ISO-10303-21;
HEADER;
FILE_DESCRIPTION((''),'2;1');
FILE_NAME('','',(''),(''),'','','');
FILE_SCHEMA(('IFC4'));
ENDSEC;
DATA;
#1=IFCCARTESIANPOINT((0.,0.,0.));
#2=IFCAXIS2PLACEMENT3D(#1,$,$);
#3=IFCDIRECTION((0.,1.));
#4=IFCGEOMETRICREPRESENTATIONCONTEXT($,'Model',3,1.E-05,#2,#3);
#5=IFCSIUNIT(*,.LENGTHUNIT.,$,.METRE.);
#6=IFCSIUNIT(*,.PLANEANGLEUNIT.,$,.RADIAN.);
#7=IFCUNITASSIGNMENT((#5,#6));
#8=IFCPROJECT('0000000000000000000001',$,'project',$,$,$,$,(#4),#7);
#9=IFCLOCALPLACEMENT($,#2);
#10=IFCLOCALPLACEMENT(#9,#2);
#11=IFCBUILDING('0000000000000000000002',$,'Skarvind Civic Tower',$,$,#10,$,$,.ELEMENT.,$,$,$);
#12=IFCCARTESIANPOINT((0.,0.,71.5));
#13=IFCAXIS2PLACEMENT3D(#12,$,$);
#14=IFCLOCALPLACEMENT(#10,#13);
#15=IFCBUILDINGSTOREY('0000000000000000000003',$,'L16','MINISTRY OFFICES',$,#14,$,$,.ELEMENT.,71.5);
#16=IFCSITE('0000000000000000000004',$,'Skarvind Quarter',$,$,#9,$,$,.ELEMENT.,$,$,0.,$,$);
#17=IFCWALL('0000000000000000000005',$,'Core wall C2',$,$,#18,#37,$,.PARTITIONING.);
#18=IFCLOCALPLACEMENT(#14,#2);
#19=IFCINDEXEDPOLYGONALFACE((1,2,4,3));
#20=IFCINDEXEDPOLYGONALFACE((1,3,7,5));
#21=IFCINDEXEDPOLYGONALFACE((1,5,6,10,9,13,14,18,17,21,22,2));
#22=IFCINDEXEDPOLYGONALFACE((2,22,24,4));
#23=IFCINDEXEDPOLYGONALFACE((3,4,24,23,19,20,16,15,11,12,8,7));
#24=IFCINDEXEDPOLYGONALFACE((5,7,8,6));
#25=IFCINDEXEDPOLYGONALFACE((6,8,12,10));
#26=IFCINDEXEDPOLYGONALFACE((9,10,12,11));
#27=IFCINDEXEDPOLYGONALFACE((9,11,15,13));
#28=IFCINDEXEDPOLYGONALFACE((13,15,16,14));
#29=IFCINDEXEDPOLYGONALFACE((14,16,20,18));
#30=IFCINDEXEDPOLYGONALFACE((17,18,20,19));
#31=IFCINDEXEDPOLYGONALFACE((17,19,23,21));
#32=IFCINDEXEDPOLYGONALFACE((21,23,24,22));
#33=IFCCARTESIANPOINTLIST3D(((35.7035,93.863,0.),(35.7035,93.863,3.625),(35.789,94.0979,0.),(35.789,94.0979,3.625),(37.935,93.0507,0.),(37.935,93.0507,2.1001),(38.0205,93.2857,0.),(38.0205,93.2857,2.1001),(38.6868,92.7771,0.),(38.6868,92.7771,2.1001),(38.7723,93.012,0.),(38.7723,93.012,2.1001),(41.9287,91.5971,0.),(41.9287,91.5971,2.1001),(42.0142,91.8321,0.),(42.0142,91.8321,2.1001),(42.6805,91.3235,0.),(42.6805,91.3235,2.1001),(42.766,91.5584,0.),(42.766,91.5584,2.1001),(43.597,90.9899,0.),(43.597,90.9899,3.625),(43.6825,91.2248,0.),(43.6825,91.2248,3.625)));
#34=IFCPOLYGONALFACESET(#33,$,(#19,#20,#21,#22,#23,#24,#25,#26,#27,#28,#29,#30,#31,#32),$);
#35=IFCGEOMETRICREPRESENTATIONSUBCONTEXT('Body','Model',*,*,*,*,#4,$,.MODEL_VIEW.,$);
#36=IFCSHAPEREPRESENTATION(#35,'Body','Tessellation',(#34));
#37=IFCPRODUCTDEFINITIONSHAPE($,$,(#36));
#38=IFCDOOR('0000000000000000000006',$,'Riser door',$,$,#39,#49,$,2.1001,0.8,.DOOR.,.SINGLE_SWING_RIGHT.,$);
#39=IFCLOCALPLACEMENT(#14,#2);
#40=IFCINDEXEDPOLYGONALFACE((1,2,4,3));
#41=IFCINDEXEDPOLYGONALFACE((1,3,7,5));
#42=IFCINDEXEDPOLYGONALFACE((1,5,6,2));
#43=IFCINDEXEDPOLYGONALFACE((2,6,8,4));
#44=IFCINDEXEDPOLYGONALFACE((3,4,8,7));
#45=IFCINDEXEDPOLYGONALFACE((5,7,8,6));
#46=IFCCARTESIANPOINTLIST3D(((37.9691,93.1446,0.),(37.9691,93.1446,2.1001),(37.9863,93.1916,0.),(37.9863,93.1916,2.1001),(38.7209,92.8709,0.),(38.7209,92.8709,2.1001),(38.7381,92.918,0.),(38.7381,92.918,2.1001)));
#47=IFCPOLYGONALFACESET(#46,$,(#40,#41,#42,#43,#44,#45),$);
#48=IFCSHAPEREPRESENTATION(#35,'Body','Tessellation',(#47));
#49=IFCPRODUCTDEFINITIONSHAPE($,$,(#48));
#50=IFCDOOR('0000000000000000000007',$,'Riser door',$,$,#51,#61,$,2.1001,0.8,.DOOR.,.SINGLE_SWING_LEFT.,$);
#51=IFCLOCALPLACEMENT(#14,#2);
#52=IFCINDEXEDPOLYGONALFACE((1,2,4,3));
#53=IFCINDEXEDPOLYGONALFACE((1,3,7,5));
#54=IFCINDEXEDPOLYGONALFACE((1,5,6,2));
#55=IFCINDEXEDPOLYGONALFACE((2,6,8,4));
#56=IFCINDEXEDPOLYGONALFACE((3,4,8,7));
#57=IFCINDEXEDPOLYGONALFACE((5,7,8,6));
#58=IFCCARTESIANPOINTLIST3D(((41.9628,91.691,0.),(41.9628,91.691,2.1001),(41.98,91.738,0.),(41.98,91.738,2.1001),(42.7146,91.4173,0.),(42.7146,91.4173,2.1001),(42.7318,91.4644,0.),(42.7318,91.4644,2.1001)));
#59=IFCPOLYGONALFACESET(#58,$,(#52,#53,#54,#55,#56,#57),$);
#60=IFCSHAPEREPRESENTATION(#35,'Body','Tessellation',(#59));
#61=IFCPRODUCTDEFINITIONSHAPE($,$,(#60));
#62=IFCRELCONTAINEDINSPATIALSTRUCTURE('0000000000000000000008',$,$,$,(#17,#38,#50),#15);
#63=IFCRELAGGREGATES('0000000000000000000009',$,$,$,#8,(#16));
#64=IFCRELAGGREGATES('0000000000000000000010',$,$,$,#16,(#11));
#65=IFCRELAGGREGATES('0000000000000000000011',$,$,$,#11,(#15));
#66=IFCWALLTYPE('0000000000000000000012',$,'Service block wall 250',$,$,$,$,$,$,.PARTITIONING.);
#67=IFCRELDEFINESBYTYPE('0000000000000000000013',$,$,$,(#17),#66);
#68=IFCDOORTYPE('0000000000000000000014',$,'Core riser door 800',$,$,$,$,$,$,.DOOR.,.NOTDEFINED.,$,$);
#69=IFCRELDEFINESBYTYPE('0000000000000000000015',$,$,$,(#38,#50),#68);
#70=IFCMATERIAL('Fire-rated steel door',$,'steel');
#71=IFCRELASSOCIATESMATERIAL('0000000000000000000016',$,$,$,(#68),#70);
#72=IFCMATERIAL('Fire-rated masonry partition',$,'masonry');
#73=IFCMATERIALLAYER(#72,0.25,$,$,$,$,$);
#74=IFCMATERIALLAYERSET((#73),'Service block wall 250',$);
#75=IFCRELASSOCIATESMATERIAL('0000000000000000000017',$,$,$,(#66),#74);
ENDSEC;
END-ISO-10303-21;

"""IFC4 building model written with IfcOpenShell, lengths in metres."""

from ifc_helpers import new_model, si_unit, direction, frame, frame_2d, origin, place, context, subcontext, project, spatial, rectangle, extrude, material, layer, layer_set, type_object, element, fill, save


model = new_model("IFC4")

# Units and contexts
model_context = context("Model", 3, precision=1e-05, world=origin(), true_north=direction((0.0, 1.0)))
body_context = subcontext(model_context, "Body", "Model", "MODEL_VIEW")
ifc_project = project(units=[si_unit("LENGTHUNIT", "METRE"), si_unit("PLANEANGLEUNIT", "RADIAN")], contexts=[model_context])

# Site, building, storey
site_placement = place(None, origin())
site = spatial("IfcSite", under=ifc_project, at=site_placement, Name="Skarvind Quarter", CompositionType="ELEMENT", RefElevation=0.0)
building_placement = place(site_placement, origin())
building = spatial("IfcBuilding", under=site, at=building_placement, Name="Skarvind Civic Tower", CompositionType="ELEMENT")
storey_placement = place(building_placement, frame((0.0, 0.0, 71.5)))
storey = spatial("IfcBuildingStorey", under=building, at=storey_placement, Name="L16", Description="MINISTRY OFFICES", CompositionType="ELEMENT", Elevation=71.5)

# Shared definitions
ifc_material_1 = material(Name="Fire-rated masonry partition", Category="masonry")
ifc_material_2 = material(Name="Fire-rated steel door", Category="steel")

# Shared definitions
door_type_1 = type_object("IfcDoorType", Name="Core riser door 800", OperationType="NOTDEFINED", PredefinedType="DOOR", material=ifc_material_2)

# Wall, openings, doors
ifc_layer_1 = layer(ifc_material_1, 0.25)
ifc_layer_set_1 = layer_set([ifc_layer_1], Name="Service block wall 250")
wall_type_1 = type_object("IfcWallType", Name="Service block wall 250", PredefinedType="PARTITIONING", material=ifc_layer_set_1)
wall_1_placement = place(storey_placement, frame((35.7461, 93.9805, 0.0), z_axis=(0.0, 0.0, 1.0), x_axis=(0.939692, -0.342023, 0.0)))
wall_1 = element("IfcWall", 1, at=wall_1_placement, inside=storey, type_object=wall_type_1, Name="Core wall C2", PredefinedType="PARTITIONING", context=body_context, shape_type="SweptSolid", body=[
    extrude(rectangle(XDim=8.4001, YDim=0.25, at=frame_2d((4.2002, 0.0))), origin(), (0.0, 0.0, 1.0), 3.625),
])
opening_1_placement = place(wall_1_placement, frame((2.375, 0.0, 0.0)))
opening_1 = element("IfcOpeningElement", 2, at=opening_1_placement, cuts=wall_1, PredefinedType="OPENING", context=body_context, shape_type="SweptSolid", body=[
    extrude(rectangle(XDim=0.8, YDim=2.1001, at=frame_2d((0.3999, 1.05))), frame((0.0, 0.135, 0.0), z_axis=(0.0, -1.0, 0.0), x_axis=(1.0, 0.0, 0.0)), (0.0, 0.0, 1.0), 0.27),
])
opening_2_placement = place(wall_1_placement, frame((6.625, 0.0, 0.0)))
opening_2 = element("IfcOpeningElement", 3, at=opening_2_placement, cuts=wall_1, PredefinedType="OPENING", context=body_context, shape_type="SweptSolid", body=[
    extrude(rectangle(XDim=0.8, YDim=2.1001, at=frame_2d((0.3999, 1.05))), frame((0.0, 0.135, 0.0), z_axis=(0.0, -1.0, 0.0), x_axis=(1.0, 0.0, 0.0)), (0.0, 0.0, 1.0), 0.27),
])
door_1_placement = place(opening_1_placement, origin())
door_1 = element("IfcDoor", 4, at=door_1_placement, inside=storey, type_object=door_type_1, Name="Riser door", OperationType="SINGLE_SWING_RIGHT", OverallHeight=2.1001, OverallWidth=0.8, PredefinedType="DOOR", context=body_context, shape_type="SweptSolid", body=[
    extrude(rectangle(XDim=0.8, YDim=2.1001, at=frame_2d((0.3999, 1.05))), frame((0.0, 0.0249, 0.0), z_axis=(0.0, -1.0, 0.0), x_axis=(1.0, 0.0, 0.0)), (0.0, 0.0, 1.0), 0.05),
])
fill(opening_1, door_1)
door_2_placement = place(opening_2_placement, origin())
door_2 = element("IfcDoor", 5, at=door_2_placement, inside=storey, type_object=door_type_1, Name="Riser door", OperationType="SINGLE_SWING_LEFT", OverallHeight=2.1001, OverallWidth=0.8, PredefinedType="DOOR", context=body_context, shape_type="SweptSolid", body=[
    extrude(rectangle(XDim=0.8, YDim=2.1001, at=frame_2d((0.3999, 1.05))), frame((0.0, 0.0249, 0.0), z_axis=(0.0, -1.0, 0.0), x_axis=(1.0, 0.0, 0.0)), (0.0, 0.0, 1.0), 0.05),
])
fill(opening_2, door_2)

save(model, "model.ifc")
